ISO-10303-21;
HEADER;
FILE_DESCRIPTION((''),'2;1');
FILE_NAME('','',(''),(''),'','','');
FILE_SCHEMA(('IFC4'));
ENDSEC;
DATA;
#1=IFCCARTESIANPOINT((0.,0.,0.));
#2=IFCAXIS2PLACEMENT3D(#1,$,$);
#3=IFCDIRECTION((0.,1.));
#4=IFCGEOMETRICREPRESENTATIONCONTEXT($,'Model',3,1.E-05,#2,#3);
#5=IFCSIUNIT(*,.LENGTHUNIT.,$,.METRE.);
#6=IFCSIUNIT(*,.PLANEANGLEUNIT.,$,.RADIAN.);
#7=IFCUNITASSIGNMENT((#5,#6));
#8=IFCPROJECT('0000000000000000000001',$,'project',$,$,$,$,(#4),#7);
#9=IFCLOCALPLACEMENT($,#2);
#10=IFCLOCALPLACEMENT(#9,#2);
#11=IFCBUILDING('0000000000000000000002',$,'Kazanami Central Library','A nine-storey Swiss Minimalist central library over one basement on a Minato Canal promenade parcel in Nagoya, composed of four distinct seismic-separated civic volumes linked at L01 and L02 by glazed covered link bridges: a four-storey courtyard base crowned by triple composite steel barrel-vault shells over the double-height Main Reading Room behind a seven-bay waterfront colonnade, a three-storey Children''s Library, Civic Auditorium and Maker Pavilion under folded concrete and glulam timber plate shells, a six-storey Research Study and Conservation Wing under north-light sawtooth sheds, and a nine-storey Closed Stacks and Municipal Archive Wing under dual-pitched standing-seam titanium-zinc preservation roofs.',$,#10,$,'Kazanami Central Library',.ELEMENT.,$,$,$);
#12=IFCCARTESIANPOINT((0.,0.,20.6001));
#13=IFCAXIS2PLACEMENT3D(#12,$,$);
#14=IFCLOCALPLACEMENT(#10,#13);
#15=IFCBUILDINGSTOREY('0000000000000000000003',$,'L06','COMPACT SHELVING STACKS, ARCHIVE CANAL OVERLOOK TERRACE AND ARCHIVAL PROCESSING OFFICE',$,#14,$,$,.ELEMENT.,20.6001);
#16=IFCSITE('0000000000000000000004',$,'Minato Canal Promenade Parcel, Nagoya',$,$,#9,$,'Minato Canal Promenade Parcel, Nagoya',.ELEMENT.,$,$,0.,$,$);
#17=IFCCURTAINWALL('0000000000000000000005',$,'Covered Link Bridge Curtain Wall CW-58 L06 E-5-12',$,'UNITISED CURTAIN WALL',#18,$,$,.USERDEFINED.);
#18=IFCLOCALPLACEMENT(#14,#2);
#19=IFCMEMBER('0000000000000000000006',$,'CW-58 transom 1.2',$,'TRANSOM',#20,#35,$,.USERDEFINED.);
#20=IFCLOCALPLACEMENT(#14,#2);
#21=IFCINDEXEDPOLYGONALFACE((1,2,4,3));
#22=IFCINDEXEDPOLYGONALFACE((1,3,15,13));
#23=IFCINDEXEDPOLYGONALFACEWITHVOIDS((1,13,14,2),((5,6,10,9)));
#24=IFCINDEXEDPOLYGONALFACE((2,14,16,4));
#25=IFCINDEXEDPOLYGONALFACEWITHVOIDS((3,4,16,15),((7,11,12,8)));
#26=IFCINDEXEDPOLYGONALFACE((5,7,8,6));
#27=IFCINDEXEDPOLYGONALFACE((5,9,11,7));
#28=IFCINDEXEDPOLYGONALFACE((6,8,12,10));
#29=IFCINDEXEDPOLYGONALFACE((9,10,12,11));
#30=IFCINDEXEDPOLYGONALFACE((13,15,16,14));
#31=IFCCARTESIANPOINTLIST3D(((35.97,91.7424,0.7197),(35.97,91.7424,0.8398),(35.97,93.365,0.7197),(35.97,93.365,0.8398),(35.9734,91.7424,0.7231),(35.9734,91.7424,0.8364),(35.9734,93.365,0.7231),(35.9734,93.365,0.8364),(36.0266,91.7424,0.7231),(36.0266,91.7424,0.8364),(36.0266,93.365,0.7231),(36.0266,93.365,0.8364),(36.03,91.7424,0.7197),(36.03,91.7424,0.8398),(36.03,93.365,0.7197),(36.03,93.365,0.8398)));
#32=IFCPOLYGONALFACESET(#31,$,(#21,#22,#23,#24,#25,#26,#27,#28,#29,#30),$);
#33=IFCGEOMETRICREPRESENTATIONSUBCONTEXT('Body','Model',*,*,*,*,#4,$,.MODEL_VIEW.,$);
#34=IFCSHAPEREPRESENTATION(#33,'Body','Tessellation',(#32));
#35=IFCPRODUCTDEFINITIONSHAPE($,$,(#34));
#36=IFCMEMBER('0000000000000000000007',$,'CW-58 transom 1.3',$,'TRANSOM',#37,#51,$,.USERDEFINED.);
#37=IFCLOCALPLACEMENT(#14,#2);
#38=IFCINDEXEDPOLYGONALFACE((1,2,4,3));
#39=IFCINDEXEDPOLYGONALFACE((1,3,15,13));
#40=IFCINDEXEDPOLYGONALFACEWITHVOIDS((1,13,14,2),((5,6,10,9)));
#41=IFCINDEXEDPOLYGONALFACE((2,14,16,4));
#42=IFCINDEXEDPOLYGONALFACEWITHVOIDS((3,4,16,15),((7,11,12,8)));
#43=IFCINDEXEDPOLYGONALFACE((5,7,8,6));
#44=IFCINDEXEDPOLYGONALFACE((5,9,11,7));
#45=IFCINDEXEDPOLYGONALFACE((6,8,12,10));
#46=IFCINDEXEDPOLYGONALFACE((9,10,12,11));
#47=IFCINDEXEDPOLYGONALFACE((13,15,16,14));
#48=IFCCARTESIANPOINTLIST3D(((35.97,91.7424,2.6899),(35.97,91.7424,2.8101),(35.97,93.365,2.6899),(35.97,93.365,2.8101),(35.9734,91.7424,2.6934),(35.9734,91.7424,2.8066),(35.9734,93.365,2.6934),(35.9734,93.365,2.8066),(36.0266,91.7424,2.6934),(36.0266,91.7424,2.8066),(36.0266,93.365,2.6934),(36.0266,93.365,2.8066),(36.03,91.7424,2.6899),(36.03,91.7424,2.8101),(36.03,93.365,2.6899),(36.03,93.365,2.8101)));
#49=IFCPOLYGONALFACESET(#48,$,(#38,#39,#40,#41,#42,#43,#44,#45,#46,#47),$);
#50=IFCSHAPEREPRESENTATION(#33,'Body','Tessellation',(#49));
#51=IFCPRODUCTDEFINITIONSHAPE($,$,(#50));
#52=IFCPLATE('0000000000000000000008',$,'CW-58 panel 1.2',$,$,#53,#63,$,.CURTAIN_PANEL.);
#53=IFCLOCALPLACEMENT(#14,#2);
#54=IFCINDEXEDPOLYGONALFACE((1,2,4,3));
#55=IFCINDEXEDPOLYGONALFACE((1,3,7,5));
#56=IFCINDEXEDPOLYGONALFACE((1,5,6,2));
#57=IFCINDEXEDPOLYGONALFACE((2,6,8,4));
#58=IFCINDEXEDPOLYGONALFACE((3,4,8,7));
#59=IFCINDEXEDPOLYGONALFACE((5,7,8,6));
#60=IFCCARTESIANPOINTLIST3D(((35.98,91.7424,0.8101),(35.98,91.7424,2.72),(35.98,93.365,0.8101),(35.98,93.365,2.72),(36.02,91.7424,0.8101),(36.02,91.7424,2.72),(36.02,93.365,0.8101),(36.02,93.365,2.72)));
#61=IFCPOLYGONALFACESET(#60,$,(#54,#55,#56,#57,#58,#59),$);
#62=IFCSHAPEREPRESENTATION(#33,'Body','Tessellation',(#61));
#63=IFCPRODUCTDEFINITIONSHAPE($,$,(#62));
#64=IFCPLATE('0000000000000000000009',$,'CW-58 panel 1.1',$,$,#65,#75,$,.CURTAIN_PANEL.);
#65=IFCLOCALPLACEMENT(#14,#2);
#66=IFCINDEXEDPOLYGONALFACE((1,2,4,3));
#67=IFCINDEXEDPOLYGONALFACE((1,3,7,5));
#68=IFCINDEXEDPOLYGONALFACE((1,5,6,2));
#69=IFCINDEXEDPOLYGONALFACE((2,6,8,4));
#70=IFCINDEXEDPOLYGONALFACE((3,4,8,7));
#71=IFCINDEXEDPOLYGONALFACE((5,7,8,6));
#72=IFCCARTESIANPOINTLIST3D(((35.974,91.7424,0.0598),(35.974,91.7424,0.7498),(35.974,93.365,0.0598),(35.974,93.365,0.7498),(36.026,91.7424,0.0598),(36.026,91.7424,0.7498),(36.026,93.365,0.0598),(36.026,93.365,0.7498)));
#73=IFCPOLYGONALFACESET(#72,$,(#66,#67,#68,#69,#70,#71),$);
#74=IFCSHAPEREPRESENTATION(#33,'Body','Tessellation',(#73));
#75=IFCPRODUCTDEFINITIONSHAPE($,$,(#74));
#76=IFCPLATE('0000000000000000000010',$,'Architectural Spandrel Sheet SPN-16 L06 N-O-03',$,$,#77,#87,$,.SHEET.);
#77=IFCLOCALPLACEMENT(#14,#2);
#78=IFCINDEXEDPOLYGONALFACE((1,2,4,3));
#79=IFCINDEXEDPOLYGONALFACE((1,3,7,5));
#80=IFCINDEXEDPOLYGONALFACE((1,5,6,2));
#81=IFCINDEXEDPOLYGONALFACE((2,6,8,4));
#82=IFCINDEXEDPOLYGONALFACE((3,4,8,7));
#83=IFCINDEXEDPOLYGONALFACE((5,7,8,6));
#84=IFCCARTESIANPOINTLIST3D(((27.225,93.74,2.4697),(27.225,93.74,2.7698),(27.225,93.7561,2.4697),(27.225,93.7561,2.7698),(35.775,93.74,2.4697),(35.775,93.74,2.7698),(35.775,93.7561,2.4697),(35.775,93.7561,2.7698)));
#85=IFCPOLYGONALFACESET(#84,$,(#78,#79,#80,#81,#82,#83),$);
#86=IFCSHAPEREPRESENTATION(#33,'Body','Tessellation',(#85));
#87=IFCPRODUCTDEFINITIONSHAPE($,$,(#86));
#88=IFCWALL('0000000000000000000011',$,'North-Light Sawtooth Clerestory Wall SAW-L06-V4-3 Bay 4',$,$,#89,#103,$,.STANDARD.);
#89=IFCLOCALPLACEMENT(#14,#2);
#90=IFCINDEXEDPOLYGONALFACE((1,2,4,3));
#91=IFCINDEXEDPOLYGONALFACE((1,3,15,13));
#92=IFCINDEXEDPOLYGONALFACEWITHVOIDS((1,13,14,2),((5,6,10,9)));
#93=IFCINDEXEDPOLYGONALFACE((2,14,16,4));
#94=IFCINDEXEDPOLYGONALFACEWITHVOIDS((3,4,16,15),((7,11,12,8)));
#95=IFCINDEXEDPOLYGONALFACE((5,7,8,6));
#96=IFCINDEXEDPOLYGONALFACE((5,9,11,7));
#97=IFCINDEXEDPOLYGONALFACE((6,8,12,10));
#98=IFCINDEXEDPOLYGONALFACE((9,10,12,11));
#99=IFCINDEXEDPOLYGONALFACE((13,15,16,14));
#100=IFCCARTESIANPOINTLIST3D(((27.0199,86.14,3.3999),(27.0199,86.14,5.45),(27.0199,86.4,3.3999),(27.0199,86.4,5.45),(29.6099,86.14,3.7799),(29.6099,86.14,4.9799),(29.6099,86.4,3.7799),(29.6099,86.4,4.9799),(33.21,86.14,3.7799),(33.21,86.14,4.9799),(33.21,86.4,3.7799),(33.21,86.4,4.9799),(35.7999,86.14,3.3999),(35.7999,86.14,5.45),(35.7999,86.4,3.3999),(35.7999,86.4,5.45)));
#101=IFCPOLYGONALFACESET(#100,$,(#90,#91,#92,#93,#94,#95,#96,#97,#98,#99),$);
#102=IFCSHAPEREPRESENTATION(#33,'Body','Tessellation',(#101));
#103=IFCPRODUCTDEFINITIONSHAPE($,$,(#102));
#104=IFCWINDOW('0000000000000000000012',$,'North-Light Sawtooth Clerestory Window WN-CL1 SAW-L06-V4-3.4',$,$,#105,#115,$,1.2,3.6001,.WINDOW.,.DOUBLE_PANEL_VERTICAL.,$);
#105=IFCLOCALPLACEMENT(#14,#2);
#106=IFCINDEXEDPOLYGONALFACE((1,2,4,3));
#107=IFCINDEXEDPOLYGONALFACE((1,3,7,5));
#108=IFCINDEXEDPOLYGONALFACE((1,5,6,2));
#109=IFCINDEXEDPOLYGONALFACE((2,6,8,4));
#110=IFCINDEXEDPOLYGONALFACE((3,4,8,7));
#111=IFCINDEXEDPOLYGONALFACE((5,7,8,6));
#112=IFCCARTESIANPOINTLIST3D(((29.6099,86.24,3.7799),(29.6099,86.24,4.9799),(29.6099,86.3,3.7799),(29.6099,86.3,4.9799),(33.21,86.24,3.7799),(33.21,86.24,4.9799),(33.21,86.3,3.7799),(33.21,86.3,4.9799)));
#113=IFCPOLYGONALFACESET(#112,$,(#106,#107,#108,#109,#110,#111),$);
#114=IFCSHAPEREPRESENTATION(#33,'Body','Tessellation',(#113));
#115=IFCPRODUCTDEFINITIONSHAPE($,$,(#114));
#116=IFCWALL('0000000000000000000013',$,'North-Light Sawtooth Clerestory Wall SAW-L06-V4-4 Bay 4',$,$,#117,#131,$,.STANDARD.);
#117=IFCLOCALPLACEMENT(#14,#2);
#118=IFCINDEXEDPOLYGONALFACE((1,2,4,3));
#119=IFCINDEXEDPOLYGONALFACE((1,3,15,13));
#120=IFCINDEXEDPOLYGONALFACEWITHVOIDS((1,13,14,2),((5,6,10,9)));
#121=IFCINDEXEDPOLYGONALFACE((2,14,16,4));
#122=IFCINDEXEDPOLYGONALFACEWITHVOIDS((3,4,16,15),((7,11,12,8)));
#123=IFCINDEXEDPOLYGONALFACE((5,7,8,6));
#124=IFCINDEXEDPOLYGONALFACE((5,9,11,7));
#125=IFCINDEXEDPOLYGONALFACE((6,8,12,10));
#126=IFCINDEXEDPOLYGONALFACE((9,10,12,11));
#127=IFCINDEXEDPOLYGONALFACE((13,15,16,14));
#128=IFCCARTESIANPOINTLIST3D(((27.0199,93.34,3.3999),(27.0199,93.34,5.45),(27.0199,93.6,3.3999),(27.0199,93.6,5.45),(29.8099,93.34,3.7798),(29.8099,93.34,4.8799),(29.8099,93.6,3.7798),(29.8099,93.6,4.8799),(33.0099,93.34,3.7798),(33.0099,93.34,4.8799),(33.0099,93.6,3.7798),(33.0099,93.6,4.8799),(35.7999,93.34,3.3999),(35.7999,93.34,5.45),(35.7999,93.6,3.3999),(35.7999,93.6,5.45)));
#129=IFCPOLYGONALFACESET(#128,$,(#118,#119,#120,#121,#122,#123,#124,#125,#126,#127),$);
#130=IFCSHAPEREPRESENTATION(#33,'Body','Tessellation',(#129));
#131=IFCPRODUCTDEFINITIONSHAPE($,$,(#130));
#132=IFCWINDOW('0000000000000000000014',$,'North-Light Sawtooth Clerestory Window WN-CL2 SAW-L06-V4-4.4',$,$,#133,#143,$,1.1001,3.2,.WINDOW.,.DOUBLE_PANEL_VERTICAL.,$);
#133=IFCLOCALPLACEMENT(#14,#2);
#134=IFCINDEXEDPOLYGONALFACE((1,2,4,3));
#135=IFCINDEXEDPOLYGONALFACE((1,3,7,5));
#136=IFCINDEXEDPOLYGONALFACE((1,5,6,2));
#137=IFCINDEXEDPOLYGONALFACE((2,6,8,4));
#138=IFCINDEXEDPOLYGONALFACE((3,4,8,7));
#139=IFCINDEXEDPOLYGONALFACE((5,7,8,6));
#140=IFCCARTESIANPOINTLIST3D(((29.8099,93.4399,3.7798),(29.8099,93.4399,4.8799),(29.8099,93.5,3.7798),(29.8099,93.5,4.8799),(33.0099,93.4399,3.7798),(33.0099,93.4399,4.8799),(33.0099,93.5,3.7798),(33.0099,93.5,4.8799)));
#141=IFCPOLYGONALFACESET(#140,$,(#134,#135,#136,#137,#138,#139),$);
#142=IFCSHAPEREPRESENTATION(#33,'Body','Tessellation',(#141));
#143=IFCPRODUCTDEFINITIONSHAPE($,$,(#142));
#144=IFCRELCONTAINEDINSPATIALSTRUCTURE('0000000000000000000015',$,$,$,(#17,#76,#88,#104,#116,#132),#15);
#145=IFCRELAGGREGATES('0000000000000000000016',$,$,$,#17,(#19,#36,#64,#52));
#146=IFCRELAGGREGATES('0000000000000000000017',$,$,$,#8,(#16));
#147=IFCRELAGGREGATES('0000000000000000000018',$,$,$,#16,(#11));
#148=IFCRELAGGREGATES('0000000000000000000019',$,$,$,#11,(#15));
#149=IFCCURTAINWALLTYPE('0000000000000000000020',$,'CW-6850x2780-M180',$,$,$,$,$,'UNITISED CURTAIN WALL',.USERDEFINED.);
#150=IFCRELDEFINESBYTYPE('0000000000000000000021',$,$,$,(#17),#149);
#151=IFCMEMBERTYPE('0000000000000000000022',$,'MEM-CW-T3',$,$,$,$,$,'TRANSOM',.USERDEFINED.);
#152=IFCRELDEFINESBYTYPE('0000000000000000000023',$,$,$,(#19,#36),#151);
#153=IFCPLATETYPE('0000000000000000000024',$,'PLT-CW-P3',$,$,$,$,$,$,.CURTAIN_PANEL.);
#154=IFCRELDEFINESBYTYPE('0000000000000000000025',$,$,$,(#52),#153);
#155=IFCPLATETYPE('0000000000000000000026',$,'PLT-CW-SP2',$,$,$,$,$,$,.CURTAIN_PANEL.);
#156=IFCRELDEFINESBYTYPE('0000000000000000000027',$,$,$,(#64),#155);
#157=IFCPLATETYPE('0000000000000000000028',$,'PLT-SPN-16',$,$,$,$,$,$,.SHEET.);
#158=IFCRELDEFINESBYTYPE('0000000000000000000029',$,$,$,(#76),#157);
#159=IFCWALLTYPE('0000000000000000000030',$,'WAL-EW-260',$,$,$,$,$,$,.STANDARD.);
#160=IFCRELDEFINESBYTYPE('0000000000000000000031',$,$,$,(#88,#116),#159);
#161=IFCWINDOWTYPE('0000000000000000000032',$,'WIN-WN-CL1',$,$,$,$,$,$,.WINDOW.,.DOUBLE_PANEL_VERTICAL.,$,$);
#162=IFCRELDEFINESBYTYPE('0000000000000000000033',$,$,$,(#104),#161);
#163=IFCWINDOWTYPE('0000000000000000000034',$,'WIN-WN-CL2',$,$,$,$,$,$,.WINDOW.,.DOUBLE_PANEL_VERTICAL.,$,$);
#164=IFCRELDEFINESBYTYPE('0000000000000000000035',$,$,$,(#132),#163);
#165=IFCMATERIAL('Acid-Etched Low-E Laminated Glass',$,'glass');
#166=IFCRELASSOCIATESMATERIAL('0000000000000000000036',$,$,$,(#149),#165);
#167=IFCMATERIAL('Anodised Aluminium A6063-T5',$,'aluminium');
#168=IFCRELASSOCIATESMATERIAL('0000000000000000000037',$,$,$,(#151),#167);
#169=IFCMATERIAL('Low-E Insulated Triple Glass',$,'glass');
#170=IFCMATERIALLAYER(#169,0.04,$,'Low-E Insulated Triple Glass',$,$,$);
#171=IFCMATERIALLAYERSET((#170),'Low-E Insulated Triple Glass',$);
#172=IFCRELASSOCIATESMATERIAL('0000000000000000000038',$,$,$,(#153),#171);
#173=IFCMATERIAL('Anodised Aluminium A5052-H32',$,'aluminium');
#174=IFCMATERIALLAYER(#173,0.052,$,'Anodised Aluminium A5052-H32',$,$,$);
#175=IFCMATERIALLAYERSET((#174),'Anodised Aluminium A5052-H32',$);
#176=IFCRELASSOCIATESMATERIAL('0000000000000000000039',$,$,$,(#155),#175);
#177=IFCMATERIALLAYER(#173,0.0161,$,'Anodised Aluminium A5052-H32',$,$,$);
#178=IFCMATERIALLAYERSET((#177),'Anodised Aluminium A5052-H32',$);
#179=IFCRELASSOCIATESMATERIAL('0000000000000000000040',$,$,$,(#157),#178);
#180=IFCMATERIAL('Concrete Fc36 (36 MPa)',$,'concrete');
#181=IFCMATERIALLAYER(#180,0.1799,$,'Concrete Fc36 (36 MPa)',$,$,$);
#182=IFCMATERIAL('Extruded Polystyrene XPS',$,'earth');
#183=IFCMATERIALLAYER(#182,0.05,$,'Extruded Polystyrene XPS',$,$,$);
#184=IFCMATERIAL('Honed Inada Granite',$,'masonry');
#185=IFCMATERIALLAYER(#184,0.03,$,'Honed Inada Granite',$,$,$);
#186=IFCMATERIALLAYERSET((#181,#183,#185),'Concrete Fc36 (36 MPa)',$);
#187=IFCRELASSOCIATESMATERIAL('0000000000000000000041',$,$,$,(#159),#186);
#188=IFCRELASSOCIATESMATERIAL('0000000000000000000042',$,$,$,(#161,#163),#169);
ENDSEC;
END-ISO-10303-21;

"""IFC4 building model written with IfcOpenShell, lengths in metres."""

from ifc_helpers import new_model, si_unit, direction, frame, frame_2d, origin, origin_2d, place, context, subcontext, project, spatial, rectangle, hollow_rectangle, extrude, material, layer, layer_set, material_profile, profile_set, type_object, element, fill, aggregate, save


model = new_model("IFC4")

# Units and contexts
model_context = context("Model", 3, precision=1e-05, world=origin(), true_north=direction((0.0, 1.0)))
body_context = subcontext(model_context, "Body", "Model", "MODEL_VIEW")
ifc_project = project(units=[si_unit("LENGTHUNIT", "METRE"), si_unit("PLANEANGLEUNIT", "RADIAN")], contexts=[model_context])

# Site, building, storey
site_placement = place(None, origin())
site = spatial("IfcSite", under=ifc_project, at=site_placement, Name="Minato Canal Promenade Parcel, Nagoya", LongName="Minato Canal Promenade Parcel, Nagoya", CompositionType="ELEMENT", RefElevation=0.0)
building_placement = place(site_placement, origin())
building = spatial("IfcBuilding", under=site, at=building_placement, Name="Kazanami Central Library", Description="A nine-storey Swiss Minimalist central library over one basement on a Minato Canal promenade parcel in Nagoya, composed of four distinct seismic-separated civic volumes linked at L01 and L02 by glazed covered link bridges: a four-storey courtyard base crowned by triple composite steel barrel-vault shells over the double-height Main Reading Room behind a seven-bay waterfront colonnade, a three-storey Children's Library, Civic Auditorium and Maker Pavilion under folded concrete and glulam timber plate shells, a six-storey Research Study and Conservation Wing under north-light sawtooth sheds, and a nine-storey Closed Stacks and Municipal Archive Wing under dual-pitched standing-seam titanium-zinc preservation roofs.", LongName="Kazanami Central Library", CompositionType="ELEMENT")
storey_placement = place(building_placement, frame((0.0, 0.0, 20.6001)))
storey = spatial("IfcBuildingStorey", under=building, at=storey_placement, Name="L06", Description="COMPACT SHELVING STACKS, ARCHIVE CANAL OVERLOOK TERRACE AND ARCHIVAL PROCESSING OFFICE", CompositionType="ELEMENT", Elevation=20.6001)

# Curtain wall, members, plates
ifc_material_1 = material(Name="Acid-Etched Low-E Laminated Glass", Category="glass")
curtain_wall_type = type_object("IfcCurtainWallType", Name="CW-6850x2780-M180", ElementType="UNITISED CURTAIN WALL", PredefinedType="USERDEFINED", material=ifc_material_1)
curtain_wall_placement = place(storey_placement, origin())
curtain_wall = element("IfcCurtainWall", 1, at=curtain_wall_placement, inside=storey, type_object=curtain_wall_type, Name="Covered Link Bridge Curtain Wall CW-58 L06 E-5-12", ObjectType="UNITISED CURTAIN WALL", PredefinedType="USERDEFINED")
ifc_material_2 = material(Name="Anodised Aluminium A6063-T5", Category="aluminium")
ifc_material_profile_1 = material_profile(ifc_material_2, hollow_rectangle(XDim=0.0601, YDim=0.1201, WallThickness=0.0034, at=origin_2d()), Name="ALU-TRAN-60x120x3.5")
ifc_profile_set_1 = profile_set([ifc_material_profile_1], Name="Anodised Aluminium A6063-T5")
member_type_1 = type_object("IfcMemberType", Name="MEM-CW-T3", ElementType="TRANSOM", PredefinedType="USERDEFINED", material=ifc_profile_set_1)
member_1_placement = place(storey_placement, frame((36.0, 93.365, 0.7798), z_axis=(0.0, -1.0, 0.0), x_axis=(1.0, 0.0, 0.0)))
member_1 = element("IfcMember", 2, at=member_1_placement, type_object=member_type_1, Name="CW-58 transom 1.2", ObjectType="TRANSOM", PredefinedType="USERDEFINED", context=body_context, shape_type="SweptSolid", body=[
    extrude(hollow_rectangle(XDim=0.0601, YDim=0.1201, WallThickness=0.0034, at=origin_2d()), origin(), (0.0, 0.0, 1.0), 1.6226),
])
member_2_placement = place(storey_placement, frame((36.0, 93.365, 2.75), z_axis=(0.0, -1.0, 0.0), x_axis=(1.0, 0.0, 0.0)))
member_2 = element("IfcMember", 3, at=member_2_placement, type_object=member_type_1, Name="CW-58 transom 1.3", ObjectType="TRANSOM", PredefinedType="USERDEFINED", context=body_context, shape_type="SweptSolid", body=[
    extrude(hollow_rectangle(XDim=0.0601, YDim=0.1201, WallThickness=0.0034, at=origin_2d()), origin(), (0.0, 0.0, 1.0), 1.6226),
])
ifc_material_3 = material(Name="Low-E Insulated Triple Glass", Category="glass")
ifc_layer_1 = layer(ifc_material_3, 0.04, Name="Low-E Insulated Triple Glass")
ifc_layer_set_1 = layer_set([ifc_layer_1], Name="Low-E Insulated Triple Glass")
plate_type_1 = type_object("IfcPlateType", Name="PLT-CW-P3", PredefinedType="CURTAIN_PANEL", material=ifc_layer_set_1)
plate_1_placement = place(storey_placement, frame((36.0, 92.5537, 0.8101), z_axis=(0.0, 0.0, 1.0), x_axis=(0.0, -1.0, 0.0)))
plate_1 = element("IfcPlate", 4, at=plate_1_placement, type_object=plate_type_1, Name="CW-58 panel 1.2", PredefinedType="CURTAIN_PANEL", context=body_context, shape_type="SweptSolid", body=[
    extrude(rectangle(XDim=1.6226, YDim=0.04, at=origin_2d()), origin(), (0.0, 0.0, 1.0), 1.9099),
])
ifc_material_4 = material(Name="Anodised Aluminium A5052-H32", Category="aluminium")
ifc_layer_2 = layer(ifc_material_4, 0.052, Name="Anodised Aluminium A5052-H32")
ifc_layer_set_2 = layer_set([ifc_layer_2], Name="Anodised Aluminium A5052-H32")
plate_type_2 = type_object("IfcPlateType", Name="PLT-CW-SP2", PredefinedType="CURTAIN_PANEL", material=ifc_layer_set_2)
plate_2_placement = place(storey_placement, frame((36.0, 92.5537, 0.0598), z_axis=(0.0, 0.0, 1.0), x_axis=(0.0, -1.0, 0.0)))
plate_2 = element("IfcPlate", 5, at=plate_2_placement, type_object=plate_type_2, Name="CW-58 panel 1.1", PredefinedType="CURTAIN_PANEL", context=body_context, shape_type="SweptSolid", body=[
    extrude(rectangle(XDim=1.6226, YDim=0.052, at=origin_2d()), origin(), (0.0, 0.0, 1.0), 0.6899),
])
aggregate(curtain_wall, [member_1, member_2, plate_2, plate_1])

# Plate
ifc_layer_3 = layer(ifc_material_4, 0.0161, Name="Anodised Aluminium A5052-H32")
ifc_layer_set_3 = layer_set([ifc_layer_3], Name="Anodised Aluminium A5052-H32")
plate_type_3 = type_object("IfcPlateType", Name="PLT-SPN-16", PredefinedType="SHEET", material=ifc_layer_set_3)
plate_3_placement = place(storey_placement, frame((31.5, 93.748, 2.4697), z_axis=(0.0, 0.0, 1.0), x_axis=(-1.0, 0.0, 0.0)))
element("IfcPlate", 6, at=plate_3_placement, inside=storey, type_object=plate_type_3, Name="Architectural Spandrel Sheet SPN-16 L06 N-O-03", PredefinedType="SHEET", context=body_context, shape_type="SweptSolid", body=[
    extrude(rectangle(XDim=8.55, YDim=0.0161, at=origin_2d()), origin(), (0.0, 0.0, 1.0), 0.3),
])

# Walls, openings, windows
ifc_material_5 = material(Name="Concrete Fc36 (36 MPa)", Category="concrete")
ifc_layer_4 = layer(ifc_material_5, 0.1799, Name="Concrete Fc36 (36 MPa)")
ifc_material_6 = material(Name="Extruded Polystyrene XPS", Category="earth")
ifc_layer_5 = layer(ifc_material_6, 0.05, Name="Extruded Polystyrene XPS")
ifc_material_7 = material(Name="Honed Inada Granite", Category="masonry")
ifc_layer_6 = layer(ifc_material_7, 0.03, Name="Honed Inada Granite")
ifc_layer_set_4 = layer_set([ifc_layer_4, ifc_layer_5, ifc_layer_6], Name="Concrete Fc36 (36 MPa)")
wall_type_1 = type_object("IfcWallType", Name="WAL-EW-260", PredefinedType="STANDARD", material=ifc_layer_set_4)
wall_1_placement = place(storey_placement, frame((35.8, 86.27, 3.3999), z_axis=(0.0, 0.0, 1.0), x_axis=(-1.0, 0.0, 0.0)))
wall_1 = element("IfcWall", 7, at=wall_1_placement, inside=storey, type_object=wall_type_1, Name="North-Light Sawtooth Clerestory Wall SAW-L06-V4-3 Bay 4", PredefinedType="STANDARD", context=body_context, shape_type="SweptSolid", body=[
    extrude(rectangle(XDim=8.78, YDim=0.26, at=frame_2d((4.3901, 0.0))), origin(), (0.0, 0.0, 1.0), 2.05),
])
opening_1_placement = place(wall_1_placement, frame((2.5901, 0.0, 0.3799)))
opening_1 = element("IfcOpeningElement", 8, at=opening_1_placement, cuts=wall_1, PredefinedType="OPENING", context=body_context, shape_type="SweptSolid", body=[
    extrude(rectangle(XDim=3.6001, YDim=1.2, at=frame_2d((1.8, 0.6001))), frame((0.0, 0.1421, 0.0), z_axis=(0.0, -1.0, 0.0), x_axis=(1.0, 0.0, 0.0)), (0.0, 0.0, 1.0), 0.2839),
])
window_type_1 = type_object("IfcWindowType", Name="WIN-WN-CL1", PartitioningType="DOUBLE_PANEL_VERTICAL", PredefinedType="WINDOW", material=ifc_material_3)
window_1_placement = place(opening_1_placement, origin())
window_1 = element("IfcWindow", 9, at=window_1_placement, inside=storey, type_object=window_type_1, Name="North-Light Sawtooth Clerestory Window WN-CL1 SAW-L06-V4-3.4", OverallHeight=1.2, OverallWidth=3.6001, PartitioningType="DOUBLE_PANEL_VERTICAL", PredefinedType="WINDOW", context=body_context, shape_type="SweptSolid", body=[
    extrude(rectangle(XDim=3.6001, YDim=1.2, at=frame_2d((1.8, 0.6001))), frame((0.0, 0.03, 0.0), z_axis=(0.0, -1.0, 0.0), x_axis=(1.0, 0.0, 0.0)), (0.0, 0.0, 1.0), 0.0601),
])
fill(opening_1, window_1)
wall_2_placement = place(storey_placement, frame((35.8, 93.47, 3.3999), z_axis=(0.0, 0.0, 1.0), x_axis=(-1.0, 0.0, 0.0)))
wall_2 = element("IfcWall", 10, at=wall_2_placement, inside=storey, type_object=wall_type_1, Name="North-Light Sawtooth Clerestory Wall SAW-L06-V4-4 Bay 4", PredefinedType="STANDARD", context=body_context, shape_type="SweptSolid", body=[
    extrude(rectangle(XDim=8.78, YDim=0.26, at=frame_2d((4.3901, 0.0))), origin(), (0.0, 0.0, 1.0), 2.05),
])
opening_2_placement = place(wall_2_placement, frame((2.79, 0.0, 0.3799)))
opening_2 = element("IfcOpeningElement", 11, at=opening_2_placement, cuts=wall_2, PredefinedType="OPENING", context=body_context, shape_type="SweptSolid", body=[
    extrude(rectangle(XDim=3.2, YDim=1.1001, at=frame_2d((1.6001, 0.55))), frame((0.0, 0.1421, 0.0), z_axis=(0.0, -1.0, 0.0), x_axis=(1.0, 0.0, 0.0)), (0.0, 0.0, 1.0), 0.2839),
])
window_type_2 = type_object("IfcWindowType", Name="WIN-WN-CL2", PartitioningType="DOUBLE_PANEL_VERTICAL", PredefinedType="WINDOW", material=ifc_material_3)
window_2_placement = place(opening_2_placement, origin())
window_2 = element("IfcWindow", 12, at=window_2_placement, inside=storey, type_object=window_type_2, Name="North-Light Sawtooth Clerestory Window WN-CL2 SAW-L06-V4-4.4", OverallHeight=1.1001, OverallWidth=3.2, PartitioningType="DOUBLE_PANEL_VERTICAL", PredefinedType="WINDOW", context=body_context, shape_type="SweptSolid", body=[
    extrude(rectangle(XDim=3.2, YDim=1.1001, at=frame_2d((1.6001, 0.55))), frame((0.0, 0.03, 0.0), z_axis=(0.0, -1.0, 0.0), x_axis=(1.0, 0.0, 0.0)), (0.0, 0.0, 1.0), 0.0601),
])
fill(opening_2, window_2)

save(model, "model.ifc")
